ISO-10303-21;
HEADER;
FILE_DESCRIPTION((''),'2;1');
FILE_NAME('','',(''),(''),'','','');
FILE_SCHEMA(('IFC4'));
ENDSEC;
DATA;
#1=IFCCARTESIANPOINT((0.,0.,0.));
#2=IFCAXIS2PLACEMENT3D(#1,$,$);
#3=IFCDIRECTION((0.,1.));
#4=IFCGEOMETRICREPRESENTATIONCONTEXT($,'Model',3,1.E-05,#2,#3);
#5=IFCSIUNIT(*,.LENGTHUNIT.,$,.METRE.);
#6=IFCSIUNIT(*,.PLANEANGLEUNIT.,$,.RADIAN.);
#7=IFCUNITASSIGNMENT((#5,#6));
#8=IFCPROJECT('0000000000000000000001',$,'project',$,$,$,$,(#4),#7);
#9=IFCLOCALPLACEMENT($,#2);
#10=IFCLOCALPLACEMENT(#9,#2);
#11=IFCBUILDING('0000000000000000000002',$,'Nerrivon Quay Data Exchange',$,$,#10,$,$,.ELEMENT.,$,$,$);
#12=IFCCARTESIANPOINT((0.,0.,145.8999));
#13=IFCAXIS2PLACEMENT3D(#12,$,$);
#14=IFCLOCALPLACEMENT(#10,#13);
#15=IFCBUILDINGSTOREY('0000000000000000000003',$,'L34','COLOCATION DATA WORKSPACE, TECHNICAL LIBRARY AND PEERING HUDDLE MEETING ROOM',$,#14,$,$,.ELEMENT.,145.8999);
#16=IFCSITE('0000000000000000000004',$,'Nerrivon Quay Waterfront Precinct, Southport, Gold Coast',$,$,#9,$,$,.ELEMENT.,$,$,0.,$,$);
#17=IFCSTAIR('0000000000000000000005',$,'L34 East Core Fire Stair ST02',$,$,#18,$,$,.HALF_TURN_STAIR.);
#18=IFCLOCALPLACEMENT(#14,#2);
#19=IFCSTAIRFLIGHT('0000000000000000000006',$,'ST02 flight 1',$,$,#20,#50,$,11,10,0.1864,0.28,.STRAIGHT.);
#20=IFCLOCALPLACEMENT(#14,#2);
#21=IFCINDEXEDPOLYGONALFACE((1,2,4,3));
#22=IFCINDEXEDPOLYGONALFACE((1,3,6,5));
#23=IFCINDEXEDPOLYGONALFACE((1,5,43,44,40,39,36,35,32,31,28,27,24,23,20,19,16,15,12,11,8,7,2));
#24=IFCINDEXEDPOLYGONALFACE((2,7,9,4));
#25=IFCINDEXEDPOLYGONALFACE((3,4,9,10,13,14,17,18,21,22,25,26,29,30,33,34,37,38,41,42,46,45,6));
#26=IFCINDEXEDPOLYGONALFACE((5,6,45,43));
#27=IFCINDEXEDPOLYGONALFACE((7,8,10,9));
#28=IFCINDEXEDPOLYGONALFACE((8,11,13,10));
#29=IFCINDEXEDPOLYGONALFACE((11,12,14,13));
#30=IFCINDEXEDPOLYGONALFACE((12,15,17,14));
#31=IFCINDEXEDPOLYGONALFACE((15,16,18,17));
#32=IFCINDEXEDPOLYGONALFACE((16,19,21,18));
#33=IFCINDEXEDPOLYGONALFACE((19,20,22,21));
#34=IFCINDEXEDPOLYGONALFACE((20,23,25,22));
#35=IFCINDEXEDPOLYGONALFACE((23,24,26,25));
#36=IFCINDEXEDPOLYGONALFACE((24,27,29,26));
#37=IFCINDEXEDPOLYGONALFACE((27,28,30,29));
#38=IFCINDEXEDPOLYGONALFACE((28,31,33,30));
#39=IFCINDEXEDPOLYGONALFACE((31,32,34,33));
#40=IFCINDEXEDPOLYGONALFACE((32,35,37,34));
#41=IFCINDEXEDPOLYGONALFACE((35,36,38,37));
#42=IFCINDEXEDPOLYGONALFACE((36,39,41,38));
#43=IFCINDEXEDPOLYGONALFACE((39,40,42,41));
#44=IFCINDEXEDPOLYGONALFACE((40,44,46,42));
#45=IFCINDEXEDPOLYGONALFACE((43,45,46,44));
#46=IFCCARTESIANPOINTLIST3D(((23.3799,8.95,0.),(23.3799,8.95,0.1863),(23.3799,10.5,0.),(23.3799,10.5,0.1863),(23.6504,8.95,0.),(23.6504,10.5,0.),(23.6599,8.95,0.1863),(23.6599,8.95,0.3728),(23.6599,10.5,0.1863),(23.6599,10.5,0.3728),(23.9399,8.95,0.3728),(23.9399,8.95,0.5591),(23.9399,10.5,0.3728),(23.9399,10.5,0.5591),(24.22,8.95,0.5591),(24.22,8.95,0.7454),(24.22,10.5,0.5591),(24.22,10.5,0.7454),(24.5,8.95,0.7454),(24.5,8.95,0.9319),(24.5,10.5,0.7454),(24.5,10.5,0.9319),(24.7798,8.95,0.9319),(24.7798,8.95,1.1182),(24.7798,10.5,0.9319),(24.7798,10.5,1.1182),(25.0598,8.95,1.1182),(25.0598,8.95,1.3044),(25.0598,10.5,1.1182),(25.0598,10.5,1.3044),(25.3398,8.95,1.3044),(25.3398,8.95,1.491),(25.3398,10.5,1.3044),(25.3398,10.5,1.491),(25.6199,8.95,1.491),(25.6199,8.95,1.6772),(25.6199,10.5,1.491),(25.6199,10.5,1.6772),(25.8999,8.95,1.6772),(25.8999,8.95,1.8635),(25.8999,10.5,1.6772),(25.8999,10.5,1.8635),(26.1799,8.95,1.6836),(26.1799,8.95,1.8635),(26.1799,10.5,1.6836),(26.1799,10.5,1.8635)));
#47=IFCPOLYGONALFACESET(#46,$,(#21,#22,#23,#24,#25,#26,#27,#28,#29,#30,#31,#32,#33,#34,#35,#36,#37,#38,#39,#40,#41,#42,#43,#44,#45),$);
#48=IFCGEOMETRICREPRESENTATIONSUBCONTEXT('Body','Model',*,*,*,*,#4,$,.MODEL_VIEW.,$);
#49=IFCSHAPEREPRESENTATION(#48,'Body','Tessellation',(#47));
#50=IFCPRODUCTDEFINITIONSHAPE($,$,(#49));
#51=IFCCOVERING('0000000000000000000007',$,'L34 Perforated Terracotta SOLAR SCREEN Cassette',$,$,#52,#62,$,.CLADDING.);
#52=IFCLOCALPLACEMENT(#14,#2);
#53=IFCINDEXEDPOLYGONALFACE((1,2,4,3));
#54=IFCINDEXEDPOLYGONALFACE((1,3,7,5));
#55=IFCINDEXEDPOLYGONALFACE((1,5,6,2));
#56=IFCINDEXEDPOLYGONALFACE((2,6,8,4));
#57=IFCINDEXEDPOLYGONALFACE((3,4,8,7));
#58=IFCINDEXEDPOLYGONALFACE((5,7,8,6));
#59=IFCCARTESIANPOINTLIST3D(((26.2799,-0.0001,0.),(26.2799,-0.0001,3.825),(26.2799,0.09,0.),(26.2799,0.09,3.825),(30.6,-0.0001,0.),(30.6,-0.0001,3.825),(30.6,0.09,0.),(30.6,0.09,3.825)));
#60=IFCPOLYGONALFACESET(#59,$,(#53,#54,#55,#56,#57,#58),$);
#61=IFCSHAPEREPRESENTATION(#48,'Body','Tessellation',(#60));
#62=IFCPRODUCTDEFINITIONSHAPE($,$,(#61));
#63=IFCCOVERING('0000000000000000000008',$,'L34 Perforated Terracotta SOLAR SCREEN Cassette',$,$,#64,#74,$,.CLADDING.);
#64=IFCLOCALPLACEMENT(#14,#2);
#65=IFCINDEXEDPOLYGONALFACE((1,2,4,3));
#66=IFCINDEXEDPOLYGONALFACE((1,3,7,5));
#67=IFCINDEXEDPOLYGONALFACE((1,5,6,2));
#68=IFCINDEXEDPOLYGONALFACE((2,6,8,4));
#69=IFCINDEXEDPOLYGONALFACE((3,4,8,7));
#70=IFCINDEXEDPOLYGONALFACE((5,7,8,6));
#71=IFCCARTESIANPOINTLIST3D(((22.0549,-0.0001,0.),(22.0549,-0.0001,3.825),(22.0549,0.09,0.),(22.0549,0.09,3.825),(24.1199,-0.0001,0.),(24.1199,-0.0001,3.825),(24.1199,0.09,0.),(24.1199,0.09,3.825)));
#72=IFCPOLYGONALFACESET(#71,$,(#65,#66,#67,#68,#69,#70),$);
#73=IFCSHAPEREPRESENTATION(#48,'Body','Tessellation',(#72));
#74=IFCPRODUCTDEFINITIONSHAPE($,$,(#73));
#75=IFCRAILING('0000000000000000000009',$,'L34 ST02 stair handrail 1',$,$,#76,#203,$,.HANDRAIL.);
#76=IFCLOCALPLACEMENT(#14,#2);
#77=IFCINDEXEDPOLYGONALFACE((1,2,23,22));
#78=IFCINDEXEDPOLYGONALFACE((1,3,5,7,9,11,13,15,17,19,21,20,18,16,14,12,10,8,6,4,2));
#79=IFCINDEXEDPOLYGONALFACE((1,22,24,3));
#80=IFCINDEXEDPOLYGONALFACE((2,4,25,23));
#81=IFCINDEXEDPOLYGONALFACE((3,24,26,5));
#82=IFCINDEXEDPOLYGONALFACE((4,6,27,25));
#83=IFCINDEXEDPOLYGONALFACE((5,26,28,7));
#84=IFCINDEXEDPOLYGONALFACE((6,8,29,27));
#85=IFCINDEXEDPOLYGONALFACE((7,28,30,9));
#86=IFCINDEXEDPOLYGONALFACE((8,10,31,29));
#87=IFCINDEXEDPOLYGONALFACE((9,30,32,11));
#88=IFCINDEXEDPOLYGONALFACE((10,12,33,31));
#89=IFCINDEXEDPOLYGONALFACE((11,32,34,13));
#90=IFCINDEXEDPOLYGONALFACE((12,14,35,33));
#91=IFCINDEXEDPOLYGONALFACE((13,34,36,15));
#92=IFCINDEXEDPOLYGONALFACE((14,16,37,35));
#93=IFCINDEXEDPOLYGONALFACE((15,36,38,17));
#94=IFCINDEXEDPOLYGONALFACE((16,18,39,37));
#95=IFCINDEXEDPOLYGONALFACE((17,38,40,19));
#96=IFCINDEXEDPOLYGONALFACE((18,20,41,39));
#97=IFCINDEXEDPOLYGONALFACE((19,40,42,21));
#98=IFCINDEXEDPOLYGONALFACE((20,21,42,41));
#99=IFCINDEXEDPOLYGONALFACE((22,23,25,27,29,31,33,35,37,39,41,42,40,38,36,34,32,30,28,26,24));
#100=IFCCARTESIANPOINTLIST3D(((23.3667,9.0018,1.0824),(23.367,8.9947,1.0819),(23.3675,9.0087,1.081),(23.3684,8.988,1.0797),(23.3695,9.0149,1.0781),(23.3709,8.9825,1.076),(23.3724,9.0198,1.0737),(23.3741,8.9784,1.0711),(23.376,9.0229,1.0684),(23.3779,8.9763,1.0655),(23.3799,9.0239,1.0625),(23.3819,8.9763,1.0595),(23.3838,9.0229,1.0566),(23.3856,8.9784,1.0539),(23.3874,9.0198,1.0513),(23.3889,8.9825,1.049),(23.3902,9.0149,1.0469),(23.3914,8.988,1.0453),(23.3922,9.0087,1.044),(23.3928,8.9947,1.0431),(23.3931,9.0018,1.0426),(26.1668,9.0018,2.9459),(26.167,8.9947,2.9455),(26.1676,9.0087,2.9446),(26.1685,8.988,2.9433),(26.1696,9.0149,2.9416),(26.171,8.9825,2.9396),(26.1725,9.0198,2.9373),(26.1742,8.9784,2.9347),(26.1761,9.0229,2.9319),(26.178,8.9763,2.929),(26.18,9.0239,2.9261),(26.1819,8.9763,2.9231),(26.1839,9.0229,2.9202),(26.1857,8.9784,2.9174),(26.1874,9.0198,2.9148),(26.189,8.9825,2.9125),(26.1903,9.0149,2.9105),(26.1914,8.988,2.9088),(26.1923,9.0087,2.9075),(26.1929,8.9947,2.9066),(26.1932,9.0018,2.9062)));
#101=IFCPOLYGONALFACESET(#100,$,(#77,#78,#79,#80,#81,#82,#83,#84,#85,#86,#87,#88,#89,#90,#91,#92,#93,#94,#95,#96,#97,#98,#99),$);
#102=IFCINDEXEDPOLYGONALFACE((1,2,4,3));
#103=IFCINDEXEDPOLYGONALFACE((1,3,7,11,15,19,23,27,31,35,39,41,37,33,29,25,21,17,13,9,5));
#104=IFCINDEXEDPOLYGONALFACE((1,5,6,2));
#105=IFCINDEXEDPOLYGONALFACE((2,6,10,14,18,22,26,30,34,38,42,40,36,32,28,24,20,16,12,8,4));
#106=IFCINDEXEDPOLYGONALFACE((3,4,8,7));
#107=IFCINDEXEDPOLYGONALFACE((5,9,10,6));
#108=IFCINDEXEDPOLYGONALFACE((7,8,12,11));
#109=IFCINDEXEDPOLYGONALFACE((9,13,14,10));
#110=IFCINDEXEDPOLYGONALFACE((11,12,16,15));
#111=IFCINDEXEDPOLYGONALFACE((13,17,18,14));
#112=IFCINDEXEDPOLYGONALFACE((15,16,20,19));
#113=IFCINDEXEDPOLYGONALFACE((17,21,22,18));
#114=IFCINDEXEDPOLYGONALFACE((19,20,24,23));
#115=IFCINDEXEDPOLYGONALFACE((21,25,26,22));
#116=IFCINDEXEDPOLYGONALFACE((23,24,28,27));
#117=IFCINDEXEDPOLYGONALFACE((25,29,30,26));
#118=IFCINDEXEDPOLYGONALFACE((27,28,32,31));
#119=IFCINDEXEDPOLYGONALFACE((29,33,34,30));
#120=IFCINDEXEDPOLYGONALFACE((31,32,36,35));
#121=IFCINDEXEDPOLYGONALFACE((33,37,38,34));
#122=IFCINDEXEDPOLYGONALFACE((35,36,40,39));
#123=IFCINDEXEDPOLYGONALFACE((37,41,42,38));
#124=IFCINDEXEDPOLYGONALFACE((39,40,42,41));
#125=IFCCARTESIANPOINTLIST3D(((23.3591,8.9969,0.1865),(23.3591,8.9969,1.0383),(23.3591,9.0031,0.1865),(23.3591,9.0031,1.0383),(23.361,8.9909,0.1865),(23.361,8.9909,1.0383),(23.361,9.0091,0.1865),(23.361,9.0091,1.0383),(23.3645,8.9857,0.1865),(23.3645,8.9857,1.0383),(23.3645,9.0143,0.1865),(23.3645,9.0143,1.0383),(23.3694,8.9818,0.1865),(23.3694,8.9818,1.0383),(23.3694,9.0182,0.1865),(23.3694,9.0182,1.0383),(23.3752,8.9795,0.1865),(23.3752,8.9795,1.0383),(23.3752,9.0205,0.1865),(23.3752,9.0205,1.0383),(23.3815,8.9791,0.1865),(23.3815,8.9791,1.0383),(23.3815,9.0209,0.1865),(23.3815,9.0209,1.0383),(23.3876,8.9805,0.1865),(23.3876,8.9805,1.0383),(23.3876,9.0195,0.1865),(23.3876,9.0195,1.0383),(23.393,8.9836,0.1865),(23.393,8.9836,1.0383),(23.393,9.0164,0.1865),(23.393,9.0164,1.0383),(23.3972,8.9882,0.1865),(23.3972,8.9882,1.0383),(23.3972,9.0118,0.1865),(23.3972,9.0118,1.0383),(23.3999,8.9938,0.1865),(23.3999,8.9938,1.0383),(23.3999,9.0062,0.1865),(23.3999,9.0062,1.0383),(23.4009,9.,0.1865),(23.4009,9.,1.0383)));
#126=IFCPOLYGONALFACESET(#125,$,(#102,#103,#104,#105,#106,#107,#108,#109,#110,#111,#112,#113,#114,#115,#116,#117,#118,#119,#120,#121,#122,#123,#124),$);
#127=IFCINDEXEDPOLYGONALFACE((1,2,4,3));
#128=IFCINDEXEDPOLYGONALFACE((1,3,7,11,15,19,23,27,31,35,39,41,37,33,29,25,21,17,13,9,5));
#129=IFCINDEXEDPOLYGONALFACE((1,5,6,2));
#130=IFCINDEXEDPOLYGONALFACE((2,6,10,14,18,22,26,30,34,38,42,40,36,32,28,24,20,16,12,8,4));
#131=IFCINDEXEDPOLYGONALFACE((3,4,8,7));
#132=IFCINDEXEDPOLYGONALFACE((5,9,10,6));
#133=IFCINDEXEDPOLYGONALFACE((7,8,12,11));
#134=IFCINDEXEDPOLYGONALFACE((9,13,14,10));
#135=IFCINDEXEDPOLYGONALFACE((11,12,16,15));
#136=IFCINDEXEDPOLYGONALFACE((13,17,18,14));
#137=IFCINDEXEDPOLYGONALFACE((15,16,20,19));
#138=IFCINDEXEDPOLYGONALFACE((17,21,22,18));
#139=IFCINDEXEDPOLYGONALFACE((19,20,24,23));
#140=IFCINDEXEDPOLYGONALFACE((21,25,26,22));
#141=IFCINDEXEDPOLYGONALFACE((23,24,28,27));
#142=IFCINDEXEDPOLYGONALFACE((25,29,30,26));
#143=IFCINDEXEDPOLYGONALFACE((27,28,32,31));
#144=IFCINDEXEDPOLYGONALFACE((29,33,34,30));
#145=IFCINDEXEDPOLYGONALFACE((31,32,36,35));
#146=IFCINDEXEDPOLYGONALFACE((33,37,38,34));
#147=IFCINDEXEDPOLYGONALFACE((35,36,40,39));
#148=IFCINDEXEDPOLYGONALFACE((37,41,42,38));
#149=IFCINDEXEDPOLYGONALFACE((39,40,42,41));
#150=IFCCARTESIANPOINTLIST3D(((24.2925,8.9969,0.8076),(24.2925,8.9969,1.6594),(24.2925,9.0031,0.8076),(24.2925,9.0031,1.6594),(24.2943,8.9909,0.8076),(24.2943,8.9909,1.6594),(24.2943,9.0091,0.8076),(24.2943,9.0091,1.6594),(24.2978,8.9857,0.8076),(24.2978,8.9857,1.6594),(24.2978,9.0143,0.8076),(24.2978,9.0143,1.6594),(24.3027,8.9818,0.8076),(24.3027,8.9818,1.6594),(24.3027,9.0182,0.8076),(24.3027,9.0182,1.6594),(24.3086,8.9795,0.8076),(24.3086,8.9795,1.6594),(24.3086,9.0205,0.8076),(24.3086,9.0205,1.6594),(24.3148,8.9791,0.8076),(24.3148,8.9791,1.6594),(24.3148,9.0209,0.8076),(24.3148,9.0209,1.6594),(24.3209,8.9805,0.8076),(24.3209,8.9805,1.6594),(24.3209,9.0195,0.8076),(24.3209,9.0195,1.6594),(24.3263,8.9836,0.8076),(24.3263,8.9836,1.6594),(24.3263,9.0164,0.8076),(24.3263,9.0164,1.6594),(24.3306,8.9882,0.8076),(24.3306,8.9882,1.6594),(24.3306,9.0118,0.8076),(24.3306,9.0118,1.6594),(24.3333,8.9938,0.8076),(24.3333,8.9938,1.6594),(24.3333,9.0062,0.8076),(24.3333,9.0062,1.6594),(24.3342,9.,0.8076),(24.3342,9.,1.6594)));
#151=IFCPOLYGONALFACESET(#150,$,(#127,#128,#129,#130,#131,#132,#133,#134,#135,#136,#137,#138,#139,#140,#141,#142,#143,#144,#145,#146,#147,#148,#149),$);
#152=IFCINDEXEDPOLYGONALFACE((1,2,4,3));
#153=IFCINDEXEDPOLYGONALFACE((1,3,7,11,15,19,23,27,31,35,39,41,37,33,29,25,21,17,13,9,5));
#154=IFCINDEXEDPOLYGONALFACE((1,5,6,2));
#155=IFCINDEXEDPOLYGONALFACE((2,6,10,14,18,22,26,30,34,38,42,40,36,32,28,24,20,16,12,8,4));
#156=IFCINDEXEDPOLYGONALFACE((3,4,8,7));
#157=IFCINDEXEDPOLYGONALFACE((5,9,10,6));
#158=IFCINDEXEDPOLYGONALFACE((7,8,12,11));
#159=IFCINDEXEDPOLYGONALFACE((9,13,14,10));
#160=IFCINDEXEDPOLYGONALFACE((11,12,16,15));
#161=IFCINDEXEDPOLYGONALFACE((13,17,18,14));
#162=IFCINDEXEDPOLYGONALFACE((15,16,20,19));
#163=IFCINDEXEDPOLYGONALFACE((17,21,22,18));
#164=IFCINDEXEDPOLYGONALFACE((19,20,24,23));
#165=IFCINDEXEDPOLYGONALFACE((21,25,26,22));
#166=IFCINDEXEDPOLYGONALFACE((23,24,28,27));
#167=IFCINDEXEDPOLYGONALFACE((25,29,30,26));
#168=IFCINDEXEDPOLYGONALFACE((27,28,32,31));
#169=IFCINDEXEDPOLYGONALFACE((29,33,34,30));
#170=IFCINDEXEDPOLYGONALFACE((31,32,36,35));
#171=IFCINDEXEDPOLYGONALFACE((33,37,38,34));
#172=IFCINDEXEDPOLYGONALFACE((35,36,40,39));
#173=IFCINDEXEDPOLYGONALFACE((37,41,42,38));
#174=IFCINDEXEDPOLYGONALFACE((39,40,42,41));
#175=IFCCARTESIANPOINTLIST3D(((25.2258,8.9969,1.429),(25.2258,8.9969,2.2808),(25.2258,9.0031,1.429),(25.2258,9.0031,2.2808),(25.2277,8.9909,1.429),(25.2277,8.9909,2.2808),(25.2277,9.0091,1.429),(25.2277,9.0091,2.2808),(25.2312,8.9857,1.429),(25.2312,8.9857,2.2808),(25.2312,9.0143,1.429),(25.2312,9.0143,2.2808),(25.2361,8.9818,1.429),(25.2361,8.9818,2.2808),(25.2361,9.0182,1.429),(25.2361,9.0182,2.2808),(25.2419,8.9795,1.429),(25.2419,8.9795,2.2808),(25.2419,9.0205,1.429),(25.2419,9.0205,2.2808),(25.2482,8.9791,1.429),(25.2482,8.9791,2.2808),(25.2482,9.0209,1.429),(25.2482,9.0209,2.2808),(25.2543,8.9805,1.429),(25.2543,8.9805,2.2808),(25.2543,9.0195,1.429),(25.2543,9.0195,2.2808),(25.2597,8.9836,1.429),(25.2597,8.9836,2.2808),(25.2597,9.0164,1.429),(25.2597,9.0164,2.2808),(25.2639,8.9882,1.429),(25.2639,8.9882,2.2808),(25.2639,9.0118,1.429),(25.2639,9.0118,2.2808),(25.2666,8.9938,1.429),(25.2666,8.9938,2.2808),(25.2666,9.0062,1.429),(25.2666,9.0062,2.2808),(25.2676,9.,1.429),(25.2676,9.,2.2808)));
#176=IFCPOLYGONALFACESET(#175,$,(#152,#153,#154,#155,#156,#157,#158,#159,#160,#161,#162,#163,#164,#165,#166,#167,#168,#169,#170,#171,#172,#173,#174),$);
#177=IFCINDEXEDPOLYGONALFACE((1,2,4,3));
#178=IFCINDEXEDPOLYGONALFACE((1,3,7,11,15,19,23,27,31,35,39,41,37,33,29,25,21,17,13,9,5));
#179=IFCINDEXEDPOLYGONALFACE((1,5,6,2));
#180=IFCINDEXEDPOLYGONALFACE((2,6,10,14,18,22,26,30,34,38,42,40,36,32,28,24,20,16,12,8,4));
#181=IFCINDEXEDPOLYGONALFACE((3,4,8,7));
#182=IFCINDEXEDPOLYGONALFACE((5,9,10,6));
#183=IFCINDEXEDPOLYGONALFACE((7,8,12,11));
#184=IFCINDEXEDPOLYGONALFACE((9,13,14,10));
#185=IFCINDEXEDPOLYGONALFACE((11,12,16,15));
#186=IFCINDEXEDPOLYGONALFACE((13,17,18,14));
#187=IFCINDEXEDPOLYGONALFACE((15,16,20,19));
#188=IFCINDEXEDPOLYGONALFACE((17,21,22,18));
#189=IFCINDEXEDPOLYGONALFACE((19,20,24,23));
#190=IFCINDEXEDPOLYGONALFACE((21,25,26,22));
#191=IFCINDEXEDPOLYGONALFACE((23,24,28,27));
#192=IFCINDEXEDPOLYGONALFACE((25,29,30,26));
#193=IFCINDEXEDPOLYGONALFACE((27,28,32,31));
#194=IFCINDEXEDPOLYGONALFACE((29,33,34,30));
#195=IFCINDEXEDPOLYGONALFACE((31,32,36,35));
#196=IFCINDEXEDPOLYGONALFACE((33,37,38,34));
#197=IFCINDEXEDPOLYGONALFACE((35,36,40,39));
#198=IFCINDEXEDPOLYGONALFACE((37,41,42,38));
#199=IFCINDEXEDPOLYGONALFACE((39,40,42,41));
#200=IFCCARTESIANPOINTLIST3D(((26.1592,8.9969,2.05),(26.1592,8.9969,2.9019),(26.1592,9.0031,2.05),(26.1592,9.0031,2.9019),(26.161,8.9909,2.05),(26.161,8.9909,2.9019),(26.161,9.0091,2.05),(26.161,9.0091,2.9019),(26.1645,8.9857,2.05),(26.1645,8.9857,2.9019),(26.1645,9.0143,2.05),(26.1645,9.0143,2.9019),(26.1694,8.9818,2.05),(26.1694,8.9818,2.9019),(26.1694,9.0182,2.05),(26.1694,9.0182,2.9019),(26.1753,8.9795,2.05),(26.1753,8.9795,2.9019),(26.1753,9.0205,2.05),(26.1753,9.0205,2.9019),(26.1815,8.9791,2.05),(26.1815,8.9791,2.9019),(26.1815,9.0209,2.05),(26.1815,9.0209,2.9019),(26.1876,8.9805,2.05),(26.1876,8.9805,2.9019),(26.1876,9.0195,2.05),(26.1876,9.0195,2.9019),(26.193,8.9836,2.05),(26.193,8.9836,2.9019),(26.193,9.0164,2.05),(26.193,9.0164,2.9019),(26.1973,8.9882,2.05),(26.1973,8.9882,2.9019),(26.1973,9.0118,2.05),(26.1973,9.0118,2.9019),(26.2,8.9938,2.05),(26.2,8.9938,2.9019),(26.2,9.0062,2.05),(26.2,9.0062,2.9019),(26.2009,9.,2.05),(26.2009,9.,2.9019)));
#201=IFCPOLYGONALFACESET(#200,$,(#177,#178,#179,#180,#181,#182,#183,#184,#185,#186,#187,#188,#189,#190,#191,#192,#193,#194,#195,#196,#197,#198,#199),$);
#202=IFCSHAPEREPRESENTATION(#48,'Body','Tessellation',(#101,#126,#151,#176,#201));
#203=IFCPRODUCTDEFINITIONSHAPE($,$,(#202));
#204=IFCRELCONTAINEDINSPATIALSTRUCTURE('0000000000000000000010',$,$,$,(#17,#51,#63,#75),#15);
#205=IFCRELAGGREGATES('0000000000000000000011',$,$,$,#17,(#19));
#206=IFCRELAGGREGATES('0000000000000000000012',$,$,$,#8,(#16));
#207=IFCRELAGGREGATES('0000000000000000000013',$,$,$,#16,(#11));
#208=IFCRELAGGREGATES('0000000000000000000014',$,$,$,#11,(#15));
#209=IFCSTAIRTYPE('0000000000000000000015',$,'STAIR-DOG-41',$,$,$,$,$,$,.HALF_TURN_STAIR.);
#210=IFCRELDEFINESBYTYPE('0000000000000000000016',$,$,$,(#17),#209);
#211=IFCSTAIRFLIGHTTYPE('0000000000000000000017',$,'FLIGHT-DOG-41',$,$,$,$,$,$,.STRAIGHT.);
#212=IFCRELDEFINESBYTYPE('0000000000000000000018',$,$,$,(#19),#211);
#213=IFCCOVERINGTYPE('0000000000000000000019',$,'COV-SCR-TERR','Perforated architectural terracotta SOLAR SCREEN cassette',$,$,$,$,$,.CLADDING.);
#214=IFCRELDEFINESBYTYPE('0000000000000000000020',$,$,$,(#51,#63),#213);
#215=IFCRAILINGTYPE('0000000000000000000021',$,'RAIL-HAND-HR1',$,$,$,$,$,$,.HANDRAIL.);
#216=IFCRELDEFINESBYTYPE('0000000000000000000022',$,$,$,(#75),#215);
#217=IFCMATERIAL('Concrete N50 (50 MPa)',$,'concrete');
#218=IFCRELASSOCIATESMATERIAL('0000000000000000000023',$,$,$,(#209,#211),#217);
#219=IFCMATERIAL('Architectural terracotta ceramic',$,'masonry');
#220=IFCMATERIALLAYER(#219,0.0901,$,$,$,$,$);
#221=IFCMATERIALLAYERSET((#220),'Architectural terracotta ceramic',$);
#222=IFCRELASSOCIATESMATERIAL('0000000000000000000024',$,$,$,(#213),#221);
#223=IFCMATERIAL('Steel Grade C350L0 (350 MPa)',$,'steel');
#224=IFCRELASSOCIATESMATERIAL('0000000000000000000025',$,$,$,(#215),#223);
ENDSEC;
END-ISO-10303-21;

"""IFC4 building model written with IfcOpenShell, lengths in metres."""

from ifc_helpers import new_model, si_unit, direction, frame, origin, origin_2d, place, context, subcontext, project, spatial, polyline, rectangle, circle, outline, extrude, material, layer, layer_set, type_object, element, aggregate, save


model = new_model("IFC4")

# Units and contexts
model_context = context("Model", 3, precision=1e-05, world=origin(), true_north=direction((0.0, 1.0)))
body_context = subcontext(model_context, "Body", "Model", "MODEL_VIEW")
ifc_project = project(units=[si_unit("LENGTHUNIT", "METRE"), si_unit("PLANEANGLEUNIT", "RADIAN")], contexts=[model_context])

# Site, building, storey
site_placement = place(None, origin())
site = spatial("IfcSite", under=ifc_project, at=site_placement, Name="Nerrivon Quay Waterfront Precinct, Southport, Gold Coast", CompositionType="ELEMENT", RefElevation=0.0)
building_placement = place(site_placement, origin())
building = spatial("IfcBuilding", under=site, at=building_placement, Name="Nerrivon Quay Data Exchange", CompositionType="ELEMENT")
storey_placement = place(building_placement, frame((0.0, 0.0, 145.8999)))
storey = spatial("IfcBuildingStorey", under=building, at=storey_placement, Name="L34", Description="COLOCATION DATA WORKSPACE, TECHNICAL LIBRARY AND PEERING HUDDLE MEETING ROOM", CompositionType="ELEMENT", Elevation=145.8999)

# Shared definitions
ifc_material_1 = material(Name="Concrete N50 (50 MPa)", Category="concrete")

# Stair, stair flight
stair_type = type_object("IfcStairType", Name="STAIR-DOG-41", PredefinedType="HALF_TURN_STAIR", material=ifc_material_1)
stair_placement = place(storey_placement, origin())
stair = element("IfcStair", 1, at=stair_placement, inside=storey, type_object=stair_type, Name="L34 East Core Fire Stair ST02", PredefinedType="HALF_TURN_STAIR")
stair_flight_type = type_object("IfcStairFlightType", Name="FLIGHT-DOG-41", PredefinedType="STRAIGHT", material=ifc_material_1)
stair_flight_placement = place(storey_placement, frame((23.3799, 9.7251, 0.0), z_axis=(0.0, 0.0, 1.0), x_axis=(1.0, 0.0, 0.0)))
stair_flight = element("IfcStairFlight", 2, at=stair_flight_placement, type_object=stair_flight_type, Name="ST02 flight 1", NumberOfRisers=11, NumberOfTreads=10, PredefinedType="STRAIGHT", RiserHeight=0.1864, TreadLength=0.28, context=body_context, shape_type="SweptSolid", body=[
    extrude(outline(polyline([(0.0, 0.0), (0.0, 0.1863), (0.28, 0.1863), (0.28, 0.3728), (0.5601, 0.3728), (0.5601, 0.5591), (0.8401, 0.5591), (0.8401, 0.7454), (1.1201, 0.7454), (1.1201, 0.9319), (1.3999, 0.9319), (1.3999, 1.1182), (1.6799, 1.1182), (1.6799, 1.3044), (1.96, 1.3044), (1.96, 1.491), (2.24, 1.491), (2.24, 1.6772), (2.52, 1.6772), (2.52, 1.8635), (2.8, 1.8635), (2.8, 2.05), (2.8, 1.6836), (0.2705, 0.0), (0.0, 0.0)])), frame((0.0, 0.7749, 0.0), z_axis=(0.0, -1.0, 0.0), x_axis=(1.0, 0.0, 0.0)), (0.0, 0.0, 1.0), 1.55),
])
aggregate(stair, [stair_flight])

# Coverings
ifc_material_2 = material(Name="Architectural terracotta ceramic", Category="masonry")
ifc_layer_1 = layer(ifc_material_2, 0.0901)
ifc_layer_set_1 = layer_set([ifc_layer_1], Name="Architectural terracotta ceramic")
covering_type = type_object("IfcCoveringType", Name="COV-SCR-TERR", Description="Perforated architectural terracotta SOLAR SCREEN cassette", PredefinedType="CLADDING", material=ifc_layer_set_1)
covering_1_placement = place(storey_placement, frame((28.4399, 0.0449, 0.0), z_axis=(0.0, 0.0, 1.0), x_axis=(-1.0, 0.0, 0.0)))
element("IfcCovering", 3, at=covering_1_placement, inside=storey, type_object=covering_type, Name="L34 Perforated Terracotta SOLAR SCREEN Cassette", PredefinedType="CLADDING", context=body_context, shape_type="SweptSolid", body=[
    extrude(rectangle(XDim=4.3201, YDim=0.0901, at=origin_2d()), origin(), (0.0, 0.0, 1.0), 3.825),
])
covering_2_placement = place(storey_placement, frame((23.0874, 0.0449, 0.0), z_axis=(0.0, 0.0, 1.0), x_axis=(-1.0, 0.0, 0.0)))
element("IfcCovering", 4, at=covering_2_placement, inside=storey, type_object=covering_type, Name="L34 Perforated Terracotta SOLAR SCREEN Cassette", PredefinedType="CLADDING", context=body_context, shape_type="SweptSolid", body=[
    extrude(rectangle(XDim=2.0649, YDim=0.0901, at=origin_2d()), origin(), (0.0, 0.0, 1.0), 3.825),
])

# Railing
ifc_material_3 = material(Name="Steel Grade C350L0 (350 MPa)", Category="steel")
railing_type = type_object("IfcRailingType", Name="RAIL-HAND-HR1", PredefinedType="HANDRAIL", material=ifc_material_3)
railing_placement = place(storey_placement, frame((23.3799, 9.0, 0.1865)))
element("IfcRailing", 5, at=railing_placement, inside=storey, type_object=railing_type, Name="L34 ST02 stair handrail 1", PredefinedType="HANDRAIL", context=body_context, shape_type="SweptSolid", body=[
    extrude(circle(Radius=0.0239, at=origin_2d()), frame((0.0, 0.0, 0.876), z_axis=(0.832486, 0.0, 0.554047), x_axis=(0.0, 1.0, 0.0)), (0.0, 0.0, 1.0), 3.3635),
    extrude(circle(Radius=0.021, at=origin_2d()), origin(), (0.0, 0.0, 1.0), 0.8518),
    extrude(circle(Radius=0.021, at=origin_2d()), frame((0.9333, 0.0, 0.6211)), (0.0, 0.0, 1.0), 0.8518),
    extrude(circle(Radius=0.021, at=origin_2d()), frame((1.8667, 0.0, 1.2424)), (0.0, 0.0, 1.0), 0.8518),
    extrude(circle(Radius=0.021, at=origin_2d()), frame((2.8, 0.0, 1.8635)), (0.0, 0.0, 1.0), 0.8518),
])

save(model, "model.ifc")
